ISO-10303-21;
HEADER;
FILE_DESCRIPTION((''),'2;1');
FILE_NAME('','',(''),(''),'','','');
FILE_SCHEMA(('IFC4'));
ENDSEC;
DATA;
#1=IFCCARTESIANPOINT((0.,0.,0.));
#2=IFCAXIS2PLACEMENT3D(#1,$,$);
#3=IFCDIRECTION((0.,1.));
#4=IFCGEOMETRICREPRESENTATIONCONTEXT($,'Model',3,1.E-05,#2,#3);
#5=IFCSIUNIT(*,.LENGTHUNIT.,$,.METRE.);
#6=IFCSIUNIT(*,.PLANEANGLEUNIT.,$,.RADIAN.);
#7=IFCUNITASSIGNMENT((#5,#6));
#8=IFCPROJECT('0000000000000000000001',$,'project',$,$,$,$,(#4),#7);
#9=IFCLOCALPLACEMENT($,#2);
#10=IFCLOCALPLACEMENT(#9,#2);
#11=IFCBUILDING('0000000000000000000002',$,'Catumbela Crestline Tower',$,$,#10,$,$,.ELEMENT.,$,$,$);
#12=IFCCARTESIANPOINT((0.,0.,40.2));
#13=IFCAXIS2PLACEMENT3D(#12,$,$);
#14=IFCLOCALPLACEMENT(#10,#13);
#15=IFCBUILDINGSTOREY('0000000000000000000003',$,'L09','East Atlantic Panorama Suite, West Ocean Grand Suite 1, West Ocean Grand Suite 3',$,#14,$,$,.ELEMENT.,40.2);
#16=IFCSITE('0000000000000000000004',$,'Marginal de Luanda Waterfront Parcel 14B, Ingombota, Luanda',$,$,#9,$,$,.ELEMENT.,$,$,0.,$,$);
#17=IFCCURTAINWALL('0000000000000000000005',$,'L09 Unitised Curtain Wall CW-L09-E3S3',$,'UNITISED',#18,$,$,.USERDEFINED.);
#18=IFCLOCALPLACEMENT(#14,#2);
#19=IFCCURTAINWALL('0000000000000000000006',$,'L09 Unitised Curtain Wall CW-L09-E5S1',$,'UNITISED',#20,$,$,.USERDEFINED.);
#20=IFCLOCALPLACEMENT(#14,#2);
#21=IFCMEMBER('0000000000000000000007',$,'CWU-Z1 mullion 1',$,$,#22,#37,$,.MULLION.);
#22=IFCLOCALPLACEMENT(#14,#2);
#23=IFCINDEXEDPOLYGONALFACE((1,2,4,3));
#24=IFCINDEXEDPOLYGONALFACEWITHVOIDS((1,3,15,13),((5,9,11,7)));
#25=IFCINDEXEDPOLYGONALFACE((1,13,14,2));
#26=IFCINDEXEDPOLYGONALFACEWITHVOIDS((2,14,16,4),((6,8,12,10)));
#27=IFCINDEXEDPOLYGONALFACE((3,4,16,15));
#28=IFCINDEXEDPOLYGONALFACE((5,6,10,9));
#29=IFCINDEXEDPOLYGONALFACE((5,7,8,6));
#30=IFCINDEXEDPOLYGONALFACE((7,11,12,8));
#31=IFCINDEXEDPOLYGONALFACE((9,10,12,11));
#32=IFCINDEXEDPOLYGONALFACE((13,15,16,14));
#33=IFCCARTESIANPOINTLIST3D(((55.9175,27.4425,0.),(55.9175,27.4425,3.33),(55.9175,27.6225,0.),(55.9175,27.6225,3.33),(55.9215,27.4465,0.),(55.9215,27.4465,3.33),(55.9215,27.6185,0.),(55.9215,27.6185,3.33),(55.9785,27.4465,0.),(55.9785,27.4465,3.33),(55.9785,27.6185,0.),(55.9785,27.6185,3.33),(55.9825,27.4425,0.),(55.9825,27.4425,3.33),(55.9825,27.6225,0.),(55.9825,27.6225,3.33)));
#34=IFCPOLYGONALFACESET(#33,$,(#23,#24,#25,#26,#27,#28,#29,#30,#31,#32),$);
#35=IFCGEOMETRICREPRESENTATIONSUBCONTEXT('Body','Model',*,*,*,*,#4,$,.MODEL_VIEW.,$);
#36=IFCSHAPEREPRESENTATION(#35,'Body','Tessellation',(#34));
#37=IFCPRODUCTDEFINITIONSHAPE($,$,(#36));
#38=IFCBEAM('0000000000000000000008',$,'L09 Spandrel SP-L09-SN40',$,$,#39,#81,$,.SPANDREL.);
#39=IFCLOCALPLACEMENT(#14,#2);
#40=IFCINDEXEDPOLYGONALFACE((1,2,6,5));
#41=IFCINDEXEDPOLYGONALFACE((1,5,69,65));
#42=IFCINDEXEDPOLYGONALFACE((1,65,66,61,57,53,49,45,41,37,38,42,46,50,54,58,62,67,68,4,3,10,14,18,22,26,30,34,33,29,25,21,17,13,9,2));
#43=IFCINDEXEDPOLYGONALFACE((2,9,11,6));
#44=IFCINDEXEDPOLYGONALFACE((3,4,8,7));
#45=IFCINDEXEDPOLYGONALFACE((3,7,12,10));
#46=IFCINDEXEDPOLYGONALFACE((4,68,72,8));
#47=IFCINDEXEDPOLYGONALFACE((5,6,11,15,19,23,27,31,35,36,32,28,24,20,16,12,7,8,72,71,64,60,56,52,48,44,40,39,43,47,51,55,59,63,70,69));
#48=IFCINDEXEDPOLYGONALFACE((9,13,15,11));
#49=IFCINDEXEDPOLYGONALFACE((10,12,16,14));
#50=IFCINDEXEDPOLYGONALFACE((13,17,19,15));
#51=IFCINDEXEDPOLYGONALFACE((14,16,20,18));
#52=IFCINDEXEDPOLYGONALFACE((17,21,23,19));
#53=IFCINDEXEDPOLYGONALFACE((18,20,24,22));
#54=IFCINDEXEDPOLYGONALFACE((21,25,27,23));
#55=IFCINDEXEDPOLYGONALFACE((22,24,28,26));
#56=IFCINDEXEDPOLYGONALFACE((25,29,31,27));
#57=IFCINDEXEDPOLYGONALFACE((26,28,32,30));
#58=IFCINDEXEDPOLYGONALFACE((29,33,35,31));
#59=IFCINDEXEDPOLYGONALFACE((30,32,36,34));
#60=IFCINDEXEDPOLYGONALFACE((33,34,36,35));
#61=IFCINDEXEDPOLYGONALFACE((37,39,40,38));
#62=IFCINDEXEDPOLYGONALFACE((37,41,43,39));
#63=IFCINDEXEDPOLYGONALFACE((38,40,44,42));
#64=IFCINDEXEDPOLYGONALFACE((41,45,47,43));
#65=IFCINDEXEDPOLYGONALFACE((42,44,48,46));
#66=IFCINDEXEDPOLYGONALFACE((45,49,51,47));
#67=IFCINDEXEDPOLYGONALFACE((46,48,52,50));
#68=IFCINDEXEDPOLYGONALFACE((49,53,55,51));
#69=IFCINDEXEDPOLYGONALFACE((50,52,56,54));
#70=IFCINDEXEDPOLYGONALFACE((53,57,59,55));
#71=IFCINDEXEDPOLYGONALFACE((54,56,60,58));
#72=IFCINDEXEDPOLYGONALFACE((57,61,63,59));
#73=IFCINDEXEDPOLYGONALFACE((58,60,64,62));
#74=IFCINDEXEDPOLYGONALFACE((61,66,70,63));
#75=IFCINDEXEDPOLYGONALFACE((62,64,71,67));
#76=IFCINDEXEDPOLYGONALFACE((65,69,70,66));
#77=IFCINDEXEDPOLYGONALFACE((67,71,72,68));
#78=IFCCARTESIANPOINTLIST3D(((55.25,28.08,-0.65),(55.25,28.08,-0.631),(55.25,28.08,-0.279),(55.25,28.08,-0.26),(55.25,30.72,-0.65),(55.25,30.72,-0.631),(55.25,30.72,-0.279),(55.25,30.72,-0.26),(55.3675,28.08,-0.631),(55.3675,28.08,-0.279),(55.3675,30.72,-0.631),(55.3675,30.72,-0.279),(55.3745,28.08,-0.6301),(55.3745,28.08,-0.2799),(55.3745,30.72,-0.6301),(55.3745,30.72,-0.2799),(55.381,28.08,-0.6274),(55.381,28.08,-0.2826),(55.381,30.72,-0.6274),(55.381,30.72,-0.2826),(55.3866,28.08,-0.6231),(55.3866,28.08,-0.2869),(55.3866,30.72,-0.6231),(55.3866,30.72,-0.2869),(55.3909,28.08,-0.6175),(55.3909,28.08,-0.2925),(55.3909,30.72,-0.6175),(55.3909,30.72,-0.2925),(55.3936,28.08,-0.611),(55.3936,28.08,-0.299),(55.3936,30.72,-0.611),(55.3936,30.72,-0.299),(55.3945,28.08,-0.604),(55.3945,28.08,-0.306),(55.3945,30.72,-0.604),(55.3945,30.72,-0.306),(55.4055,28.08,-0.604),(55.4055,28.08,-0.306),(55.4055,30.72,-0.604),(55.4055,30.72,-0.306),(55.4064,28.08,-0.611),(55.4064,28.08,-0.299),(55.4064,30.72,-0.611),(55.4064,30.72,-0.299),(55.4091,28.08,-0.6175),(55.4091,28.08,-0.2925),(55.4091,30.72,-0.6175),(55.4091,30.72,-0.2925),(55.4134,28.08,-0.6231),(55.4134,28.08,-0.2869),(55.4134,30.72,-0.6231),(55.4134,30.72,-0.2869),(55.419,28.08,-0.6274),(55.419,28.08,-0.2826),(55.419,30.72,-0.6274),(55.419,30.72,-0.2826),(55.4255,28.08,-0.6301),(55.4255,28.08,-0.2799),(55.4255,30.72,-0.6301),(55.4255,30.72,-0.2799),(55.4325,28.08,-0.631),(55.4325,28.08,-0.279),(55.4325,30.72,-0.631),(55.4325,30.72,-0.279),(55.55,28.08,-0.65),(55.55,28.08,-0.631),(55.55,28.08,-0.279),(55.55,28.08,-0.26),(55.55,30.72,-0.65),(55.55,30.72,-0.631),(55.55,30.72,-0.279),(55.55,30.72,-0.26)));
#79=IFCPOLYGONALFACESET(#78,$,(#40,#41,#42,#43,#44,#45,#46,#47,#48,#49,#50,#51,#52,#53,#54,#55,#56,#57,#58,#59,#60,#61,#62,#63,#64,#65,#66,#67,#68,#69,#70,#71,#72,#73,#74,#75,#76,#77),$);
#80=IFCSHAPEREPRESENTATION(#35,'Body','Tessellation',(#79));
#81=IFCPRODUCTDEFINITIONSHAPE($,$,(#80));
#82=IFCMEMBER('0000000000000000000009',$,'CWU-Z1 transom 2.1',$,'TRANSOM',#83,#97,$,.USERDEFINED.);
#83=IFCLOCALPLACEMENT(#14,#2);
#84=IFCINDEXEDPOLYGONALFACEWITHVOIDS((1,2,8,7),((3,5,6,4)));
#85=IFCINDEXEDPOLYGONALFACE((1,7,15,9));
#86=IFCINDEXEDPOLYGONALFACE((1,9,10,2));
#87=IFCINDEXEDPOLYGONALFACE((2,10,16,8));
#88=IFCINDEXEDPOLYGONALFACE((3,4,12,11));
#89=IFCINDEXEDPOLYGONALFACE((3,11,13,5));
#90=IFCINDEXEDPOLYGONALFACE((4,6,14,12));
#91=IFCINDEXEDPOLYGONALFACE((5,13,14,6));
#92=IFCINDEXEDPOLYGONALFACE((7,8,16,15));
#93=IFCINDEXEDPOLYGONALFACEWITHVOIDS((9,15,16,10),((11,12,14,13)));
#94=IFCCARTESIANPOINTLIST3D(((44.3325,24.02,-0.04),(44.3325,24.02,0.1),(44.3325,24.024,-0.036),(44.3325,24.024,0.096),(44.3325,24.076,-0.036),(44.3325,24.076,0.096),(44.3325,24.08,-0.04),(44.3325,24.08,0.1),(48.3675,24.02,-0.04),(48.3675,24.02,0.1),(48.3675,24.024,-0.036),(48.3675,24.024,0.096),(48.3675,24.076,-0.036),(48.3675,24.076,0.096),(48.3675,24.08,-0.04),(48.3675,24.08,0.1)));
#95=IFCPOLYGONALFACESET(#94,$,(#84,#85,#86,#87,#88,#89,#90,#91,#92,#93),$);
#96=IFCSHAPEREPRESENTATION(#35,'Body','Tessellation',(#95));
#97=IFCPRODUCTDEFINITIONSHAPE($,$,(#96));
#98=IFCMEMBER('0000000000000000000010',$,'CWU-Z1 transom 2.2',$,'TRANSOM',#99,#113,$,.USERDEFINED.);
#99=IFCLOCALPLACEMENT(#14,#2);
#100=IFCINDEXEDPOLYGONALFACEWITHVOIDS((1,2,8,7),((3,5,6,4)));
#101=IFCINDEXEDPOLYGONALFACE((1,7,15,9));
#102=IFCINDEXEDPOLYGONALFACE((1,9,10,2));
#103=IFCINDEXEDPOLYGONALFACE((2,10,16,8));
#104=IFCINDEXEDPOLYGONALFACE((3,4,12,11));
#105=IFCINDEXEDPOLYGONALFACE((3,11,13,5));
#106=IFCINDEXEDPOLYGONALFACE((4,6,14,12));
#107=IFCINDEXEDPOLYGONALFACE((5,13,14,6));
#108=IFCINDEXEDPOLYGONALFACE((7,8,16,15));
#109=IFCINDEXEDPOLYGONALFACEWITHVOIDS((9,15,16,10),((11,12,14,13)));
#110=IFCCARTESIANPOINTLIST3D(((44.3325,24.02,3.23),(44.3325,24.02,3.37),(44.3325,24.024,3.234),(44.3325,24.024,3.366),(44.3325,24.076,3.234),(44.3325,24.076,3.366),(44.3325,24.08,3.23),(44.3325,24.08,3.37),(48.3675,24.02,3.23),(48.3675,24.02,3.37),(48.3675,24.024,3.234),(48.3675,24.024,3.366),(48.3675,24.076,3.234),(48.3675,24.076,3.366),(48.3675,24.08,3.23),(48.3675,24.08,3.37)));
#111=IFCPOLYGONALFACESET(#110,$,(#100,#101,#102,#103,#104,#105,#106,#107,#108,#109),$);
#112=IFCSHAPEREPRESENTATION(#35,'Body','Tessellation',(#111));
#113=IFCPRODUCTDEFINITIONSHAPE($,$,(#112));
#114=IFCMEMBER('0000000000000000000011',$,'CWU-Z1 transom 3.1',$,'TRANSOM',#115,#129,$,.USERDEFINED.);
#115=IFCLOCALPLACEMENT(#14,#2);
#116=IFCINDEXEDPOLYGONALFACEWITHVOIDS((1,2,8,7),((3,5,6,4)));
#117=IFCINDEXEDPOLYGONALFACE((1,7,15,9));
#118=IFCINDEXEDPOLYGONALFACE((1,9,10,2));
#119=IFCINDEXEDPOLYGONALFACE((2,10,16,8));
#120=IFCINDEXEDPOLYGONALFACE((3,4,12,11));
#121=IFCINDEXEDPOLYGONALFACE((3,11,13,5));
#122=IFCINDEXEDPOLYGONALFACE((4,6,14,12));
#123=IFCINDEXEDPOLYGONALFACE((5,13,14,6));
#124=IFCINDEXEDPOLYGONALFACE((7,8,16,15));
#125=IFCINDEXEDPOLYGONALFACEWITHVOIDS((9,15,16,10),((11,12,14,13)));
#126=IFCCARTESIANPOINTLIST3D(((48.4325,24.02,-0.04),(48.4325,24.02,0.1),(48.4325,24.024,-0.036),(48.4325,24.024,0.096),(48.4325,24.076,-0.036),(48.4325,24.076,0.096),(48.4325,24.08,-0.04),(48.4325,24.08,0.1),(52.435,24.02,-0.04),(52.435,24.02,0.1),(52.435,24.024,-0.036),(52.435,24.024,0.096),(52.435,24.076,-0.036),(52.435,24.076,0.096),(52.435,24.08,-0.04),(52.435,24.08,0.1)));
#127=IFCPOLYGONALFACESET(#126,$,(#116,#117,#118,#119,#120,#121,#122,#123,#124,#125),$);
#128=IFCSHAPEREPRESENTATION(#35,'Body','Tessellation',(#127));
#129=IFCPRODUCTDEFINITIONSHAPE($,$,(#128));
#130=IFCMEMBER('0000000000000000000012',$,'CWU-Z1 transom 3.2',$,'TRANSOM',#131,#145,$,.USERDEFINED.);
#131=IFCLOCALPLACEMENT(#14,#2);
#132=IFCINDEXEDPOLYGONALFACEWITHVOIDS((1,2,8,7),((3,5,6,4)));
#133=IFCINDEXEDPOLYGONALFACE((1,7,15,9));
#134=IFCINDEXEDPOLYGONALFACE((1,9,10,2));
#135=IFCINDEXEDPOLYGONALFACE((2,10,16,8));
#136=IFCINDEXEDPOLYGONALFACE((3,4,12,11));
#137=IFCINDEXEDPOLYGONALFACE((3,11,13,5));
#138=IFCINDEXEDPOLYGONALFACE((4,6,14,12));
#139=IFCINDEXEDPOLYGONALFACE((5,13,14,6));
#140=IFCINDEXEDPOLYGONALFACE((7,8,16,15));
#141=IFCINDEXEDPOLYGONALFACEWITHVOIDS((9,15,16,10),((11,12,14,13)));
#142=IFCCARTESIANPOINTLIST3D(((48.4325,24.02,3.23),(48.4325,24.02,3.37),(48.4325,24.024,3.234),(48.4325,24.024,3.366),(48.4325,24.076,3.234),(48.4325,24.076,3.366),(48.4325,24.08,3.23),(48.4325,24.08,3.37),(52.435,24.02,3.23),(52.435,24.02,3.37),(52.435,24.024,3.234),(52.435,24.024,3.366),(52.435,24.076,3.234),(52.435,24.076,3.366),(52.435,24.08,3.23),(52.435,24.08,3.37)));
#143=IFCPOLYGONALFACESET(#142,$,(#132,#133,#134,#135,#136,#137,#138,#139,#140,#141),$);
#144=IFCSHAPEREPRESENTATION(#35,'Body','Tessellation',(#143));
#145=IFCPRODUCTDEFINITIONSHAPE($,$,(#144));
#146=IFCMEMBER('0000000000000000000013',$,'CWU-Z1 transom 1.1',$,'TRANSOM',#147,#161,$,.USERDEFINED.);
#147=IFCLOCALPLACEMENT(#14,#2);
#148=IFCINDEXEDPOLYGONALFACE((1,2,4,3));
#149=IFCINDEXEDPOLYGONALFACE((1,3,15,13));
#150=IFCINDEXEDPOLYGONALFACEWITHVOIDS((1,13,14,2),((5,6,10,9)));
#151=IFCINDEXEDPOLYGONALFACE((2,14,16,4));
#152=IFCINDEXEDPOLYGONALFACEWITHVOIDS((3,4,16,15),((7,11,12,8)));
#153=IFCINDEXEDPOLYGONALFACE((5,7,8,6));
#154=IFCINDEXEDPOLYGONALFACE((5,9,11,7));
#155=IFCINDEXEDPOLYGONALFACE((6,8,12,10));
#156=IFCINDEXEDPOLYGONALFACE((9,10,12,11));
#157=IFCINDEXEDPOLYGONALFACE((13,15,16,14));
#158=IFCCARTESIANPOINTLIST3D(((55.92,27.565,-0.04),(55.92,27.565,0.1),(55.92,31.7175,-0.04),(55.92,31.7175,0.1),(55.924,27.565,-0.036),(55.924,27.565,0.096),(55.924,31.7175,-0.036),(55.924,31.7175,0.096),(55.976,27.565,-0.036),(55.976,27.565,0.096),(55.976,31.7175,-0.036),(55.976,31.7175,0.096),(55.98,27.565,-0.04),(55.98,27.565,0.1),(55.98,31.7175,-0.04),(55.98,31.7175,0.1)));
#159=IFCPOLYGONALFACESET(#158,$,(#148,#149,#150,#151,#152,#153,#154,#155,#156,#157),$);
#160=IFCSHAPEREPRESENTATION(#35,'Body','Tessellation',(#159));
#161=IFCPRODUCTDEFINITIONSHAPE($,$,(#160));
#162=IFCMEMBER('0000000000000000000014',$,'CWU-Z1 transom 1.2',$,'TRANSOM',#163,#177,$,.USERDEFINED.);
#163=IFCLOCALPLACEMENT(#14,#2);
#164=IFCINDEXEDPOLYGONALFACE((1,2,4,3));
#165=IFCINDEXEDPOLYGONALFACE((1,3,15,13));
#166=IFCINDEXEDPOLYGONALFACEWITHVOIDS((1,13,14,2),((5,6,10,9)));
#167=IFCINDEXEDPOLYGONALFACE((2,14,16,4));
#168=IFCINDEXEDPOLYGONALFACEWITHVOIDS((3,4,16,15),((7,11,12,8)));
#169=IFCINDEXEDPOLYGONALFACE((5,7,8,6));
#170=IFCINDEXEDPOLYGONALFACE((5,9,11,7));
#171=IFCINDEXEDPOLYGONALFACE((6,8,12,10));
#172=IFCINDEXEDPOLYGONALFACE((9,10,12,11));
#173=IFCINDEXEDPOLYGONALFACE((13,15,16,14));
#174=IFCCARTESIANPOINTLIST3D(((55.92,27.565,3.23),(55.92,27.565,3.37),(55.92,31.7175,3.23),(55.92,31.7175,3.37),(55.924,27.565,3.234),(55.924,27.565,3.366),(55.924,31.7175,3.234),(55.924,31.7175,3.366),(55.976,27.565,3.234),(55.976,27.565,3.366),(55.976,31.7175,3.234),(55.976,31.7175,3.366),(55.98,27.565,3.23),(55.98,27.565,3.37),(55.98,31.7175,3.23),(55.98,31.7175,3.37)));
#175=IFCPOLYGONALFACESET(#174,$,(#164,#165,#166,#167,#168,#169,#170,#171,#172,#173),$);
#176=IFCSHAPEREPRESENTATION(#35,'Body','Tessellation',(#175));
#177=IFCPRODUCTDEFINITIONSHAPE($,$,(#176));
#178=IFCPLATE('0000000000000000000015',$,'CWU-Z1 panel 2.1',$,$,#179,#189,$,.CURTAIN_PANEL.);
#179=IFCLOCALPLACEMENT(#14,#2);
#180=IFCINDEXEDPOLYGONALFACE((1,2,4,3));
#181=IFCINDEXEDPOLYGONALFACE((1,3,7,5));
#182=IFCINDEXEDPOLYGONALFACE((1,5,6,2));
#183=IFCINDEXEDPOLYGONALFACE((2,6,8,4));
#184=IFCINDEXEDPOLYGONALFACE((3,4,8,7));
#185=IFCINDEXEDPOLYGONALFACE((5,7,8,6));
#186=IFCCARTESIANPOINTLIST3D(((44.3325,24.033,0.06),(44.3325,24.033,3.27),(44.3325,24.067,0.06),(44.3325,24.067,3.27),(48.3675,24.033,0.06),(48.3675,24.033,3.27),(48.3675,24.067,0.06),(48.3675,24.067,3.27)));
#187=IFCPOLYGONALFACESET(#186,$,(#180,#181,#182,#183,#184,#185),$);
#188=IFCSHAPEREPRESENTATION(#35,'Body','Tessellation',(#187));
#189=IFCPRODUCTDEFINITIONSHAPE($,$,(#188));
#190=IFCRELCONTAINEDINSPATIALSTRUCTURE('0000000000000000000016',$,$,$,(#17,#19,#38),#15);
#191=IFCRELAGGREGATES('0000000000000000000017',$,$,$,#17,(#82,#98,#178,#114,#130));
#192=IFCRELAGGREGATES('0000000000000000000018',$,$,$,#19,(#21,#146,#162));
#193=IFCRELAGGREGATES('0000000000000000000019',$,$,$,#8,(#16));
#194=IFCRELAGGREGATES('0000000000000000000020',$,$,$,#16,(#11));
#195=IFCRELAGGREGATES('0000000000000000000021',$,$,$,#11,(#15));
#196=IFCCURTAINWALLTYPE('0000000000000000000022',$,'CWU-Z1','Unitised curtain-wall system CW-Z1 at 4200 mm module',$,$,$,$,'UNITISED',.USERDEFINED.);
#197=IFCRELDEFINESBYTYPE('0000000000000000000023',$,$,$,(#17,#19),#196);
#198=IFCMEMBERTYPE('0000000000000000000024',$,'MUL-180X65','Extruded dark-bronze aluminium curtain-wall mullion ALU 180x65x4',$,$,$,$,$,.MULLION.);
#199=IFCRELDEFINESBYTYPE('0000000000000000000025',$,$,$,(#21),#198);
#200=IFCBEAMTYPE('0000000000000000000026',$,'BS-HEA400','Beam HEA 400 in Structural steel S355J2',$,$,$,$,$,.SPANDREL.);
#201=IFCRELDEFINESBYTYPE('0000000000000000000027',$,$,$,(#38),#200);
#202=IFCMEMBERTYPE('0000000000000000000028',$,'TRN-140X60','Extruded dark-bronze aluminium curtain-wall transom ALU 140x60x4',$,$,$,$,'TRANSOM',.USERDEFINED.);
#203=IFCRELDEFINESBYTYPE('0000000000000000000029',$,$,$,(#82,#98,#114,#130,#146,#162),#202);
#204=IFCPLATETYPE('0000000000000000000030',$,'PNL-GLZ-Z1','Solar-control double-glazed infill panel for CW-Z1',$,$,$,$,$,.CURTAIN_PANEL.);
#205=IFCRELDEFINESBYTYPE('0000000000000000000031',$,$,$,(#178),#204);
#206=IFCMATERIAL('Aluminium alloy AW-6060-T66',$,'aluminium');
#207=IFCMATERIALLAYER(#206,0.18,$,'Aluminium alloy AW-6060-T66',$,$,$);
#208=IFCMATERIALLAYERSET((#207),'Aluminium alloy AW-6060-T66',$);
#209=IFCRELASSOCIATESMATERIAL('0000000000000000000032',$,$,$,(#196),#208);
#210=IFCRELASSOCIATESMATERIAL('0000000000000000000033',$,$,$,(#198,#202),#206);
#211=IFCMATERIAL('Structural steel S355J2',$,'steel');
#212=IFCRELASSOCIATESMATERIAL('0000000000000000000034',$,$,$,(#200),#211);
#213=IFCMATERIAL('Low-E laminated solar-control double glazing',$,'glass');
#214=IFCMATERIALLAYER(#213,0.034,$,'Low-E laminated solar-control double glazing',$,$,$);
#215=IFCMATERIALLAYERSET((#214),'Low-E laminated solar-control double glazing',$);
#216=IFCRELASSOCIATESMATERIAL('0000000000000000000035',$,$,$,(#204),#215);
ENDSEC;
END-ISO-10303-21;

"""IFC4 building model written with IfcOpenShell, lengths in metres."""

from ifc_helpers import new_model, si_unit, direction, frame, origin, origin_2d, place, context, subcontext, project, spatial, rectangle, hollow_rectangle, i_section, extrude, material, layer, layer_set, material_profile, profile_set, type_object, element, aggregate, save


model = new_model("IFC4")

# Units and contexts
model_context = context("Model", 3, precision=1e-05, world=origin(), true_north=direction((0.0, 1.0)))
body_context = subcontext(model_context, "Body", "Model", "MODEL_VIEW")
ifc_project = project(units=[si_unit("LENGTHUNIT", "METRE"), si_unit("PLANEANGLEUNIT", "RADIAN")], contexts=[model_context])

# Site, building, storey
site_placement = place(None, origin())
site = spatial("IfcSite", under=ifc_project, at=site_placement, Name="Marginal de Luanda Waterfront Parcel 14B, Ingombota, Luanda", CompositionType="ELEMENT", RefElevation=0.0)
building_placement = place(site_placement, origin())
building = spatial("IfcBuilding", under=site, at=building_placement, Name="Catumbela Crestline Tower", CompositionType="ELEMENT")
storey_placement = place(building_placement, frame((0.0, 0.0, 40.2)))
storey = spatial("IfcBuildingStorey", under=building, at=storey_placement, Name="L09", Description="East Atlantic Panorama Suite, West Ocean Grand Suite 1, West Ocean Grand Suite 3", CompositionType="ELEMENT", Elevation=40.2)

# Shared definitions
ifc_material_1 = material(Name="Structural steel S355J2", Category="steel")

# Curtain wall
ifc_material_2 = material(Name="Aluminium alloy AW-6060-T66", Category="aluminium")
ifc_layer_1 = layer(ifc_material_2, 0.18, Name="Aluminium alloy AW-6060-T66")
ifc_layer_set_1 = layer_set([ifc_layer_1], Name="Aluminium alloy AW-6060-T66")
curtain_wall_type = type_object("IfcCurtainWallType", Name="CWU-Z1", Description="Unitised curtain-wall system CW-Z1 at 4200 mm module", ElementType="UNITISED", PredefinedType="USERDEFINED", material=ifc_layer_set_1)
curtain_wall_1_placement = place(storey_placement, origin())
curtain_wall_1 = element("IfcCurtainWall", 1, at=curtain_wall_1_placement, inside=storey, type_object=curtain_wall_type, Name="L09 Unitised Curtain Wall CW-L09-E3S3", ObjectType="UNITISED", PredefinedType="USERDEFINED")
ifc_material_profile_1 = material_profile(ifc_material_2, hollow_rectangle(XDim=0.065, YDim=0.18, WallThickness=0.004, at=origin_2d()), Name="ALU 180x65x4")
ifc_profile_set_1 = profile_set([ifc_material_profile_1], Name="Aluminium alloy AW-6060-T66")
member_type_1 = type_object("IfcMemberType", Name="MUL-180X65", Description="Extruded dark-bronze aluminium curtain-wall mullion ALU 180x65x4", PredefinedType="MULLION", material=ifc_profile_set_1)

# Curtain wall, member
curtain_wall_2_placement = place(storey_placement, origin())
curtain_wall_2 = element("IfcCurtainWall", 2, at=curtain_wall_2_placement, inside=storey, type_object=curtain_wall_type, Name="L09 Unitised Curtain Wall CW-L09-E5S1", ObjectType="UNITISED", PredefinedType="USERDEFINED")
member_1_placement = place(storey_placement, frame((55.95, 27.5325, 0.0), z_axis=(0.0, 0.0, 1.0), x_axis=(-1.0, 0.0, 0.0)))
member_1 = element("IfcMember", 3, at=member_1_placement, type_object=member_type_1, Name="CWU-Z1 mullion 1", PredefinedType="MULLION", context=body_context, shape_type="SweptSolid", body=[
    extrude(hollow_rectangle(XDim=0.065, YDim=0.18, WallThickness=0.004, at=origin_2d()), origin(), (0.0, 0.0, 1.0), 3.33),
])

# Beam
ifc_material_profile_2 = material_profile(ifc_material_1, i_section(OverallWidth=0.3, OverallDepth=0.39, WebThickness=0.011, FlangeThickness=0.019, FilletRadius=0.027, at=origin_2d()), Name="HEA 400")
ifc_profile_set_2 = profile_set([ifc_material_profile_2], Name="Structural steel S355J2")
beam_type_1 = type_object("IfcBeamType", Name="BS-HEA400", Description="Beam HEA 400 in Structural steel S355J2", PredefinedType="SPANDREL", material=ifc_profile_set_2)
beam_1_placement = place(storey_placement, frame((55.4, 28.08, -0.455), z_axis=(0.0, 1.0, 0.0), x_axis=(-1.0, 0.0, 0.0)))
element("IfcBeam", 4, at=beam_1_placement, inside=storey, type_object=beam_type_1, Name="L09 Spandrel SP-L09-SN40", PredefinedType="SPANDREL", context=body_context, shape_type="SweptSolid", body=[
    extrude(i_section(OverallWidth=0.3, OverallDepth=0.39, WebThickness=0.011, FlangeThickness=0.019, FilletRadius=0.027, at=origin_2d()), origin(), (0.0, 0.0, 1.0), 2.64),
])

# Members
ifc_material_profile_3 = material_profile(ifc_material_2, hollow_rectangle(XDim=0.06, YDim=0.14, WallThickness=0.004, at=origin_2d()), Name="ALU 140x60x4")
ifc_profile_set_3 = profile_set([ifc_material_profile_3], Name="Aluminium alloy AW-6060-T66")
member_type_2 = type_object("IfcMemberType", Name="TRN-140X60", Description="Extruded dark-bronze aluminium curtain-wall transom ALU 140x60x4", ElementType="TRANSOM", PredefinedType="USERDEFINED", material=ifc_profile_set_3)
member_2_placement = place(storey_placement, frame((44.3325, 24.05, 0.03), z_axis=(1.0, 0.0, 0.0), x_axis=(0.0, 1.0, 0.0)))
member_2 = element("IfcMember", 5, at=member_2_placement, type_object=member_type_2, Name="CWU-Z1 transom 2.1", ObjectType="TRANSOM", PredefinedType="USERDEFINED", context=body_context, shape_type="SweptSolid", body=[
    extrude(hollow_rectangle(XDim=0.06, YDim=0.14, WallThickness=0.004, at=origin_2d()), origin(), (0.0, 0.0, 1.0), 4.035),
])
member_3_placement = place(storey_placement, frame((44.3325, 24.05, 3.3), z_axis=(1.0, 0.0, 0.0), x_axis=(0.0, 1.0, 0.0)))
member_3 = element("IfcMember", 6, at=member_3_placement, type_object=member_type_2, Name="CWU-Z1 transom 2.2", ObjectType="TRANSOM", PredefinedType="USERDEFINED", context=body_context, shape_type="SweptSolid", body=[
    extrude(hollow_rectangle(XDim=0.06, YDim=0.14, WallThickness=0.004, at=origin_2d()), origin(), (0.0, 0.0, 1.0), 4.035),
])
member_4_placement = place(storey_placement, frame((48.4325, 24.05, 0.03), z_axis=(1.0, 0.0, 0.0), x_axis=(0.0, 1.0, 0.0)))
member_4 = element("IfcMember", 7, at=member_4_placement, type_object=member_type_2, Name="CWU-Z1 transom 3.1", ObjectType="TRANSOM", PredefinedType="USERDEFINED", context=body_context, shape_type="SweptSolid", body=[
    extrude(hollow_rectangle(XDim=0.06, YDim=0.14, WallThickness=0.004, at=origin_2d()), origin(), (0.0, 0.0, 1.0), 4.0025),
])
member_5_placement = place(storey_placement, frame((48.4325, 24.05, 3.3), z_axis=(1.0, 0.0, 0.0), x_axis=(0.0, 1.0, 0.0)))
member_5 = element("IfcMember", 8, at=member_5_placement, type_object=member_type_2, Name="CWU-Z1 transom 3.2", ObjectType="TRANSOM", PredefinedType="USERDEFINED", context=body_context, shape_type="SweptSolid", body=[
    extrude(hollow_rectangle(XDim=0.06, YDim=0.14, WallThickness=0.004, at=origin_2d()), origin(), (0.0, 0.0, 1.0), 4.0025),
])
member_6_placement = place(storey_placement, frame((55.95, 27.565, 0.03), z_axis=(0.0, 1.0, 0.0), x_axis=(-1.0, 0.0, 0.0)))
member_6 = element("IfcMember", 9, at=member_6_placement, type_object=member_type_2, Name="CWU-Z1 transom 1.1", ObjectType="TRANSOM", PredefinedType="USERDEFINED", context=body_context, shape_type="SweptSolid", body=[
    extrude(hollow_rectangle(XDim=0.06, YDim=0.14, WallThickness=0.004, at=origin_2d()), origin(), (0.0, 0.0, 1.0), 4.1525),
])
member_7_placement = place(storey_placement, frame((55.95, 27.565, 3.3), z_axis=(0.0, 1.0, 0.0), x_axis=(-1.0, 0.0, 0.0)))
member_7 = element("IfcMember", 10, at=member_7_placement, type_object=member_type_2, Name="CWU-Z1 transom 1.2", ObjectType="TRANSOM", PredefinedType="USERDEFINED", context=body_context, shape_type="SweptSolid", body=[
    extrude(hollow_rectangle(XDim=0.06, YDim=0.14, WallThickness=0.004, at=origin_2d()), origin(), (0.0, 0.0, 1.0), 4.1525),
])

# Plate
ifc_material_3 = material(Name="Low-E laminated solar-control double glazing", Category="glass")
ifc_layer_2 = layer(ifc_material_3, 0.034, Name="Low-E laminated solar-control double glazing")
ifc_layer_set_2 = layer_set([ifc_layer_2], Name="Low-E laminated solar-control double glazing")
plate_type = type_object("IfcPlateType", Name="PNL-GLZ-Z1", Description="Solar-control double-glazed infill panel for CW-Z1", PredefinedType="CURTAIN_PANEL", material=ifc_layer_set_2)
plate_1_placement = place(storey_placement, frame((46.35, 24.05, 0.06), z_axis=(0.0, 0.0, 1.0), x_axis=(1.0, 0.0, 0.0)))
plate_1 = element("IfcPlate", 11, at=plate_1_placement, type_object=plate_type, Name="CWU-Z1 panel 2.1", PredefinedType="CURTAIN_PANEL", context=body_context, shape_type="SweptSolid", body=[
    extrude(rectangle(XDim=4.035, YDim=0.034, at=origin_2d()), origin(), (0.0, 0.0, 1.0), 3.21),
])
aggregate(curtain_wall_1, [member_2, member_3, plate_1, member_4, member_5])
aggregate(curtain_wall_2, [member_1, member_6, member_7])

save(model, "model.ifc")
